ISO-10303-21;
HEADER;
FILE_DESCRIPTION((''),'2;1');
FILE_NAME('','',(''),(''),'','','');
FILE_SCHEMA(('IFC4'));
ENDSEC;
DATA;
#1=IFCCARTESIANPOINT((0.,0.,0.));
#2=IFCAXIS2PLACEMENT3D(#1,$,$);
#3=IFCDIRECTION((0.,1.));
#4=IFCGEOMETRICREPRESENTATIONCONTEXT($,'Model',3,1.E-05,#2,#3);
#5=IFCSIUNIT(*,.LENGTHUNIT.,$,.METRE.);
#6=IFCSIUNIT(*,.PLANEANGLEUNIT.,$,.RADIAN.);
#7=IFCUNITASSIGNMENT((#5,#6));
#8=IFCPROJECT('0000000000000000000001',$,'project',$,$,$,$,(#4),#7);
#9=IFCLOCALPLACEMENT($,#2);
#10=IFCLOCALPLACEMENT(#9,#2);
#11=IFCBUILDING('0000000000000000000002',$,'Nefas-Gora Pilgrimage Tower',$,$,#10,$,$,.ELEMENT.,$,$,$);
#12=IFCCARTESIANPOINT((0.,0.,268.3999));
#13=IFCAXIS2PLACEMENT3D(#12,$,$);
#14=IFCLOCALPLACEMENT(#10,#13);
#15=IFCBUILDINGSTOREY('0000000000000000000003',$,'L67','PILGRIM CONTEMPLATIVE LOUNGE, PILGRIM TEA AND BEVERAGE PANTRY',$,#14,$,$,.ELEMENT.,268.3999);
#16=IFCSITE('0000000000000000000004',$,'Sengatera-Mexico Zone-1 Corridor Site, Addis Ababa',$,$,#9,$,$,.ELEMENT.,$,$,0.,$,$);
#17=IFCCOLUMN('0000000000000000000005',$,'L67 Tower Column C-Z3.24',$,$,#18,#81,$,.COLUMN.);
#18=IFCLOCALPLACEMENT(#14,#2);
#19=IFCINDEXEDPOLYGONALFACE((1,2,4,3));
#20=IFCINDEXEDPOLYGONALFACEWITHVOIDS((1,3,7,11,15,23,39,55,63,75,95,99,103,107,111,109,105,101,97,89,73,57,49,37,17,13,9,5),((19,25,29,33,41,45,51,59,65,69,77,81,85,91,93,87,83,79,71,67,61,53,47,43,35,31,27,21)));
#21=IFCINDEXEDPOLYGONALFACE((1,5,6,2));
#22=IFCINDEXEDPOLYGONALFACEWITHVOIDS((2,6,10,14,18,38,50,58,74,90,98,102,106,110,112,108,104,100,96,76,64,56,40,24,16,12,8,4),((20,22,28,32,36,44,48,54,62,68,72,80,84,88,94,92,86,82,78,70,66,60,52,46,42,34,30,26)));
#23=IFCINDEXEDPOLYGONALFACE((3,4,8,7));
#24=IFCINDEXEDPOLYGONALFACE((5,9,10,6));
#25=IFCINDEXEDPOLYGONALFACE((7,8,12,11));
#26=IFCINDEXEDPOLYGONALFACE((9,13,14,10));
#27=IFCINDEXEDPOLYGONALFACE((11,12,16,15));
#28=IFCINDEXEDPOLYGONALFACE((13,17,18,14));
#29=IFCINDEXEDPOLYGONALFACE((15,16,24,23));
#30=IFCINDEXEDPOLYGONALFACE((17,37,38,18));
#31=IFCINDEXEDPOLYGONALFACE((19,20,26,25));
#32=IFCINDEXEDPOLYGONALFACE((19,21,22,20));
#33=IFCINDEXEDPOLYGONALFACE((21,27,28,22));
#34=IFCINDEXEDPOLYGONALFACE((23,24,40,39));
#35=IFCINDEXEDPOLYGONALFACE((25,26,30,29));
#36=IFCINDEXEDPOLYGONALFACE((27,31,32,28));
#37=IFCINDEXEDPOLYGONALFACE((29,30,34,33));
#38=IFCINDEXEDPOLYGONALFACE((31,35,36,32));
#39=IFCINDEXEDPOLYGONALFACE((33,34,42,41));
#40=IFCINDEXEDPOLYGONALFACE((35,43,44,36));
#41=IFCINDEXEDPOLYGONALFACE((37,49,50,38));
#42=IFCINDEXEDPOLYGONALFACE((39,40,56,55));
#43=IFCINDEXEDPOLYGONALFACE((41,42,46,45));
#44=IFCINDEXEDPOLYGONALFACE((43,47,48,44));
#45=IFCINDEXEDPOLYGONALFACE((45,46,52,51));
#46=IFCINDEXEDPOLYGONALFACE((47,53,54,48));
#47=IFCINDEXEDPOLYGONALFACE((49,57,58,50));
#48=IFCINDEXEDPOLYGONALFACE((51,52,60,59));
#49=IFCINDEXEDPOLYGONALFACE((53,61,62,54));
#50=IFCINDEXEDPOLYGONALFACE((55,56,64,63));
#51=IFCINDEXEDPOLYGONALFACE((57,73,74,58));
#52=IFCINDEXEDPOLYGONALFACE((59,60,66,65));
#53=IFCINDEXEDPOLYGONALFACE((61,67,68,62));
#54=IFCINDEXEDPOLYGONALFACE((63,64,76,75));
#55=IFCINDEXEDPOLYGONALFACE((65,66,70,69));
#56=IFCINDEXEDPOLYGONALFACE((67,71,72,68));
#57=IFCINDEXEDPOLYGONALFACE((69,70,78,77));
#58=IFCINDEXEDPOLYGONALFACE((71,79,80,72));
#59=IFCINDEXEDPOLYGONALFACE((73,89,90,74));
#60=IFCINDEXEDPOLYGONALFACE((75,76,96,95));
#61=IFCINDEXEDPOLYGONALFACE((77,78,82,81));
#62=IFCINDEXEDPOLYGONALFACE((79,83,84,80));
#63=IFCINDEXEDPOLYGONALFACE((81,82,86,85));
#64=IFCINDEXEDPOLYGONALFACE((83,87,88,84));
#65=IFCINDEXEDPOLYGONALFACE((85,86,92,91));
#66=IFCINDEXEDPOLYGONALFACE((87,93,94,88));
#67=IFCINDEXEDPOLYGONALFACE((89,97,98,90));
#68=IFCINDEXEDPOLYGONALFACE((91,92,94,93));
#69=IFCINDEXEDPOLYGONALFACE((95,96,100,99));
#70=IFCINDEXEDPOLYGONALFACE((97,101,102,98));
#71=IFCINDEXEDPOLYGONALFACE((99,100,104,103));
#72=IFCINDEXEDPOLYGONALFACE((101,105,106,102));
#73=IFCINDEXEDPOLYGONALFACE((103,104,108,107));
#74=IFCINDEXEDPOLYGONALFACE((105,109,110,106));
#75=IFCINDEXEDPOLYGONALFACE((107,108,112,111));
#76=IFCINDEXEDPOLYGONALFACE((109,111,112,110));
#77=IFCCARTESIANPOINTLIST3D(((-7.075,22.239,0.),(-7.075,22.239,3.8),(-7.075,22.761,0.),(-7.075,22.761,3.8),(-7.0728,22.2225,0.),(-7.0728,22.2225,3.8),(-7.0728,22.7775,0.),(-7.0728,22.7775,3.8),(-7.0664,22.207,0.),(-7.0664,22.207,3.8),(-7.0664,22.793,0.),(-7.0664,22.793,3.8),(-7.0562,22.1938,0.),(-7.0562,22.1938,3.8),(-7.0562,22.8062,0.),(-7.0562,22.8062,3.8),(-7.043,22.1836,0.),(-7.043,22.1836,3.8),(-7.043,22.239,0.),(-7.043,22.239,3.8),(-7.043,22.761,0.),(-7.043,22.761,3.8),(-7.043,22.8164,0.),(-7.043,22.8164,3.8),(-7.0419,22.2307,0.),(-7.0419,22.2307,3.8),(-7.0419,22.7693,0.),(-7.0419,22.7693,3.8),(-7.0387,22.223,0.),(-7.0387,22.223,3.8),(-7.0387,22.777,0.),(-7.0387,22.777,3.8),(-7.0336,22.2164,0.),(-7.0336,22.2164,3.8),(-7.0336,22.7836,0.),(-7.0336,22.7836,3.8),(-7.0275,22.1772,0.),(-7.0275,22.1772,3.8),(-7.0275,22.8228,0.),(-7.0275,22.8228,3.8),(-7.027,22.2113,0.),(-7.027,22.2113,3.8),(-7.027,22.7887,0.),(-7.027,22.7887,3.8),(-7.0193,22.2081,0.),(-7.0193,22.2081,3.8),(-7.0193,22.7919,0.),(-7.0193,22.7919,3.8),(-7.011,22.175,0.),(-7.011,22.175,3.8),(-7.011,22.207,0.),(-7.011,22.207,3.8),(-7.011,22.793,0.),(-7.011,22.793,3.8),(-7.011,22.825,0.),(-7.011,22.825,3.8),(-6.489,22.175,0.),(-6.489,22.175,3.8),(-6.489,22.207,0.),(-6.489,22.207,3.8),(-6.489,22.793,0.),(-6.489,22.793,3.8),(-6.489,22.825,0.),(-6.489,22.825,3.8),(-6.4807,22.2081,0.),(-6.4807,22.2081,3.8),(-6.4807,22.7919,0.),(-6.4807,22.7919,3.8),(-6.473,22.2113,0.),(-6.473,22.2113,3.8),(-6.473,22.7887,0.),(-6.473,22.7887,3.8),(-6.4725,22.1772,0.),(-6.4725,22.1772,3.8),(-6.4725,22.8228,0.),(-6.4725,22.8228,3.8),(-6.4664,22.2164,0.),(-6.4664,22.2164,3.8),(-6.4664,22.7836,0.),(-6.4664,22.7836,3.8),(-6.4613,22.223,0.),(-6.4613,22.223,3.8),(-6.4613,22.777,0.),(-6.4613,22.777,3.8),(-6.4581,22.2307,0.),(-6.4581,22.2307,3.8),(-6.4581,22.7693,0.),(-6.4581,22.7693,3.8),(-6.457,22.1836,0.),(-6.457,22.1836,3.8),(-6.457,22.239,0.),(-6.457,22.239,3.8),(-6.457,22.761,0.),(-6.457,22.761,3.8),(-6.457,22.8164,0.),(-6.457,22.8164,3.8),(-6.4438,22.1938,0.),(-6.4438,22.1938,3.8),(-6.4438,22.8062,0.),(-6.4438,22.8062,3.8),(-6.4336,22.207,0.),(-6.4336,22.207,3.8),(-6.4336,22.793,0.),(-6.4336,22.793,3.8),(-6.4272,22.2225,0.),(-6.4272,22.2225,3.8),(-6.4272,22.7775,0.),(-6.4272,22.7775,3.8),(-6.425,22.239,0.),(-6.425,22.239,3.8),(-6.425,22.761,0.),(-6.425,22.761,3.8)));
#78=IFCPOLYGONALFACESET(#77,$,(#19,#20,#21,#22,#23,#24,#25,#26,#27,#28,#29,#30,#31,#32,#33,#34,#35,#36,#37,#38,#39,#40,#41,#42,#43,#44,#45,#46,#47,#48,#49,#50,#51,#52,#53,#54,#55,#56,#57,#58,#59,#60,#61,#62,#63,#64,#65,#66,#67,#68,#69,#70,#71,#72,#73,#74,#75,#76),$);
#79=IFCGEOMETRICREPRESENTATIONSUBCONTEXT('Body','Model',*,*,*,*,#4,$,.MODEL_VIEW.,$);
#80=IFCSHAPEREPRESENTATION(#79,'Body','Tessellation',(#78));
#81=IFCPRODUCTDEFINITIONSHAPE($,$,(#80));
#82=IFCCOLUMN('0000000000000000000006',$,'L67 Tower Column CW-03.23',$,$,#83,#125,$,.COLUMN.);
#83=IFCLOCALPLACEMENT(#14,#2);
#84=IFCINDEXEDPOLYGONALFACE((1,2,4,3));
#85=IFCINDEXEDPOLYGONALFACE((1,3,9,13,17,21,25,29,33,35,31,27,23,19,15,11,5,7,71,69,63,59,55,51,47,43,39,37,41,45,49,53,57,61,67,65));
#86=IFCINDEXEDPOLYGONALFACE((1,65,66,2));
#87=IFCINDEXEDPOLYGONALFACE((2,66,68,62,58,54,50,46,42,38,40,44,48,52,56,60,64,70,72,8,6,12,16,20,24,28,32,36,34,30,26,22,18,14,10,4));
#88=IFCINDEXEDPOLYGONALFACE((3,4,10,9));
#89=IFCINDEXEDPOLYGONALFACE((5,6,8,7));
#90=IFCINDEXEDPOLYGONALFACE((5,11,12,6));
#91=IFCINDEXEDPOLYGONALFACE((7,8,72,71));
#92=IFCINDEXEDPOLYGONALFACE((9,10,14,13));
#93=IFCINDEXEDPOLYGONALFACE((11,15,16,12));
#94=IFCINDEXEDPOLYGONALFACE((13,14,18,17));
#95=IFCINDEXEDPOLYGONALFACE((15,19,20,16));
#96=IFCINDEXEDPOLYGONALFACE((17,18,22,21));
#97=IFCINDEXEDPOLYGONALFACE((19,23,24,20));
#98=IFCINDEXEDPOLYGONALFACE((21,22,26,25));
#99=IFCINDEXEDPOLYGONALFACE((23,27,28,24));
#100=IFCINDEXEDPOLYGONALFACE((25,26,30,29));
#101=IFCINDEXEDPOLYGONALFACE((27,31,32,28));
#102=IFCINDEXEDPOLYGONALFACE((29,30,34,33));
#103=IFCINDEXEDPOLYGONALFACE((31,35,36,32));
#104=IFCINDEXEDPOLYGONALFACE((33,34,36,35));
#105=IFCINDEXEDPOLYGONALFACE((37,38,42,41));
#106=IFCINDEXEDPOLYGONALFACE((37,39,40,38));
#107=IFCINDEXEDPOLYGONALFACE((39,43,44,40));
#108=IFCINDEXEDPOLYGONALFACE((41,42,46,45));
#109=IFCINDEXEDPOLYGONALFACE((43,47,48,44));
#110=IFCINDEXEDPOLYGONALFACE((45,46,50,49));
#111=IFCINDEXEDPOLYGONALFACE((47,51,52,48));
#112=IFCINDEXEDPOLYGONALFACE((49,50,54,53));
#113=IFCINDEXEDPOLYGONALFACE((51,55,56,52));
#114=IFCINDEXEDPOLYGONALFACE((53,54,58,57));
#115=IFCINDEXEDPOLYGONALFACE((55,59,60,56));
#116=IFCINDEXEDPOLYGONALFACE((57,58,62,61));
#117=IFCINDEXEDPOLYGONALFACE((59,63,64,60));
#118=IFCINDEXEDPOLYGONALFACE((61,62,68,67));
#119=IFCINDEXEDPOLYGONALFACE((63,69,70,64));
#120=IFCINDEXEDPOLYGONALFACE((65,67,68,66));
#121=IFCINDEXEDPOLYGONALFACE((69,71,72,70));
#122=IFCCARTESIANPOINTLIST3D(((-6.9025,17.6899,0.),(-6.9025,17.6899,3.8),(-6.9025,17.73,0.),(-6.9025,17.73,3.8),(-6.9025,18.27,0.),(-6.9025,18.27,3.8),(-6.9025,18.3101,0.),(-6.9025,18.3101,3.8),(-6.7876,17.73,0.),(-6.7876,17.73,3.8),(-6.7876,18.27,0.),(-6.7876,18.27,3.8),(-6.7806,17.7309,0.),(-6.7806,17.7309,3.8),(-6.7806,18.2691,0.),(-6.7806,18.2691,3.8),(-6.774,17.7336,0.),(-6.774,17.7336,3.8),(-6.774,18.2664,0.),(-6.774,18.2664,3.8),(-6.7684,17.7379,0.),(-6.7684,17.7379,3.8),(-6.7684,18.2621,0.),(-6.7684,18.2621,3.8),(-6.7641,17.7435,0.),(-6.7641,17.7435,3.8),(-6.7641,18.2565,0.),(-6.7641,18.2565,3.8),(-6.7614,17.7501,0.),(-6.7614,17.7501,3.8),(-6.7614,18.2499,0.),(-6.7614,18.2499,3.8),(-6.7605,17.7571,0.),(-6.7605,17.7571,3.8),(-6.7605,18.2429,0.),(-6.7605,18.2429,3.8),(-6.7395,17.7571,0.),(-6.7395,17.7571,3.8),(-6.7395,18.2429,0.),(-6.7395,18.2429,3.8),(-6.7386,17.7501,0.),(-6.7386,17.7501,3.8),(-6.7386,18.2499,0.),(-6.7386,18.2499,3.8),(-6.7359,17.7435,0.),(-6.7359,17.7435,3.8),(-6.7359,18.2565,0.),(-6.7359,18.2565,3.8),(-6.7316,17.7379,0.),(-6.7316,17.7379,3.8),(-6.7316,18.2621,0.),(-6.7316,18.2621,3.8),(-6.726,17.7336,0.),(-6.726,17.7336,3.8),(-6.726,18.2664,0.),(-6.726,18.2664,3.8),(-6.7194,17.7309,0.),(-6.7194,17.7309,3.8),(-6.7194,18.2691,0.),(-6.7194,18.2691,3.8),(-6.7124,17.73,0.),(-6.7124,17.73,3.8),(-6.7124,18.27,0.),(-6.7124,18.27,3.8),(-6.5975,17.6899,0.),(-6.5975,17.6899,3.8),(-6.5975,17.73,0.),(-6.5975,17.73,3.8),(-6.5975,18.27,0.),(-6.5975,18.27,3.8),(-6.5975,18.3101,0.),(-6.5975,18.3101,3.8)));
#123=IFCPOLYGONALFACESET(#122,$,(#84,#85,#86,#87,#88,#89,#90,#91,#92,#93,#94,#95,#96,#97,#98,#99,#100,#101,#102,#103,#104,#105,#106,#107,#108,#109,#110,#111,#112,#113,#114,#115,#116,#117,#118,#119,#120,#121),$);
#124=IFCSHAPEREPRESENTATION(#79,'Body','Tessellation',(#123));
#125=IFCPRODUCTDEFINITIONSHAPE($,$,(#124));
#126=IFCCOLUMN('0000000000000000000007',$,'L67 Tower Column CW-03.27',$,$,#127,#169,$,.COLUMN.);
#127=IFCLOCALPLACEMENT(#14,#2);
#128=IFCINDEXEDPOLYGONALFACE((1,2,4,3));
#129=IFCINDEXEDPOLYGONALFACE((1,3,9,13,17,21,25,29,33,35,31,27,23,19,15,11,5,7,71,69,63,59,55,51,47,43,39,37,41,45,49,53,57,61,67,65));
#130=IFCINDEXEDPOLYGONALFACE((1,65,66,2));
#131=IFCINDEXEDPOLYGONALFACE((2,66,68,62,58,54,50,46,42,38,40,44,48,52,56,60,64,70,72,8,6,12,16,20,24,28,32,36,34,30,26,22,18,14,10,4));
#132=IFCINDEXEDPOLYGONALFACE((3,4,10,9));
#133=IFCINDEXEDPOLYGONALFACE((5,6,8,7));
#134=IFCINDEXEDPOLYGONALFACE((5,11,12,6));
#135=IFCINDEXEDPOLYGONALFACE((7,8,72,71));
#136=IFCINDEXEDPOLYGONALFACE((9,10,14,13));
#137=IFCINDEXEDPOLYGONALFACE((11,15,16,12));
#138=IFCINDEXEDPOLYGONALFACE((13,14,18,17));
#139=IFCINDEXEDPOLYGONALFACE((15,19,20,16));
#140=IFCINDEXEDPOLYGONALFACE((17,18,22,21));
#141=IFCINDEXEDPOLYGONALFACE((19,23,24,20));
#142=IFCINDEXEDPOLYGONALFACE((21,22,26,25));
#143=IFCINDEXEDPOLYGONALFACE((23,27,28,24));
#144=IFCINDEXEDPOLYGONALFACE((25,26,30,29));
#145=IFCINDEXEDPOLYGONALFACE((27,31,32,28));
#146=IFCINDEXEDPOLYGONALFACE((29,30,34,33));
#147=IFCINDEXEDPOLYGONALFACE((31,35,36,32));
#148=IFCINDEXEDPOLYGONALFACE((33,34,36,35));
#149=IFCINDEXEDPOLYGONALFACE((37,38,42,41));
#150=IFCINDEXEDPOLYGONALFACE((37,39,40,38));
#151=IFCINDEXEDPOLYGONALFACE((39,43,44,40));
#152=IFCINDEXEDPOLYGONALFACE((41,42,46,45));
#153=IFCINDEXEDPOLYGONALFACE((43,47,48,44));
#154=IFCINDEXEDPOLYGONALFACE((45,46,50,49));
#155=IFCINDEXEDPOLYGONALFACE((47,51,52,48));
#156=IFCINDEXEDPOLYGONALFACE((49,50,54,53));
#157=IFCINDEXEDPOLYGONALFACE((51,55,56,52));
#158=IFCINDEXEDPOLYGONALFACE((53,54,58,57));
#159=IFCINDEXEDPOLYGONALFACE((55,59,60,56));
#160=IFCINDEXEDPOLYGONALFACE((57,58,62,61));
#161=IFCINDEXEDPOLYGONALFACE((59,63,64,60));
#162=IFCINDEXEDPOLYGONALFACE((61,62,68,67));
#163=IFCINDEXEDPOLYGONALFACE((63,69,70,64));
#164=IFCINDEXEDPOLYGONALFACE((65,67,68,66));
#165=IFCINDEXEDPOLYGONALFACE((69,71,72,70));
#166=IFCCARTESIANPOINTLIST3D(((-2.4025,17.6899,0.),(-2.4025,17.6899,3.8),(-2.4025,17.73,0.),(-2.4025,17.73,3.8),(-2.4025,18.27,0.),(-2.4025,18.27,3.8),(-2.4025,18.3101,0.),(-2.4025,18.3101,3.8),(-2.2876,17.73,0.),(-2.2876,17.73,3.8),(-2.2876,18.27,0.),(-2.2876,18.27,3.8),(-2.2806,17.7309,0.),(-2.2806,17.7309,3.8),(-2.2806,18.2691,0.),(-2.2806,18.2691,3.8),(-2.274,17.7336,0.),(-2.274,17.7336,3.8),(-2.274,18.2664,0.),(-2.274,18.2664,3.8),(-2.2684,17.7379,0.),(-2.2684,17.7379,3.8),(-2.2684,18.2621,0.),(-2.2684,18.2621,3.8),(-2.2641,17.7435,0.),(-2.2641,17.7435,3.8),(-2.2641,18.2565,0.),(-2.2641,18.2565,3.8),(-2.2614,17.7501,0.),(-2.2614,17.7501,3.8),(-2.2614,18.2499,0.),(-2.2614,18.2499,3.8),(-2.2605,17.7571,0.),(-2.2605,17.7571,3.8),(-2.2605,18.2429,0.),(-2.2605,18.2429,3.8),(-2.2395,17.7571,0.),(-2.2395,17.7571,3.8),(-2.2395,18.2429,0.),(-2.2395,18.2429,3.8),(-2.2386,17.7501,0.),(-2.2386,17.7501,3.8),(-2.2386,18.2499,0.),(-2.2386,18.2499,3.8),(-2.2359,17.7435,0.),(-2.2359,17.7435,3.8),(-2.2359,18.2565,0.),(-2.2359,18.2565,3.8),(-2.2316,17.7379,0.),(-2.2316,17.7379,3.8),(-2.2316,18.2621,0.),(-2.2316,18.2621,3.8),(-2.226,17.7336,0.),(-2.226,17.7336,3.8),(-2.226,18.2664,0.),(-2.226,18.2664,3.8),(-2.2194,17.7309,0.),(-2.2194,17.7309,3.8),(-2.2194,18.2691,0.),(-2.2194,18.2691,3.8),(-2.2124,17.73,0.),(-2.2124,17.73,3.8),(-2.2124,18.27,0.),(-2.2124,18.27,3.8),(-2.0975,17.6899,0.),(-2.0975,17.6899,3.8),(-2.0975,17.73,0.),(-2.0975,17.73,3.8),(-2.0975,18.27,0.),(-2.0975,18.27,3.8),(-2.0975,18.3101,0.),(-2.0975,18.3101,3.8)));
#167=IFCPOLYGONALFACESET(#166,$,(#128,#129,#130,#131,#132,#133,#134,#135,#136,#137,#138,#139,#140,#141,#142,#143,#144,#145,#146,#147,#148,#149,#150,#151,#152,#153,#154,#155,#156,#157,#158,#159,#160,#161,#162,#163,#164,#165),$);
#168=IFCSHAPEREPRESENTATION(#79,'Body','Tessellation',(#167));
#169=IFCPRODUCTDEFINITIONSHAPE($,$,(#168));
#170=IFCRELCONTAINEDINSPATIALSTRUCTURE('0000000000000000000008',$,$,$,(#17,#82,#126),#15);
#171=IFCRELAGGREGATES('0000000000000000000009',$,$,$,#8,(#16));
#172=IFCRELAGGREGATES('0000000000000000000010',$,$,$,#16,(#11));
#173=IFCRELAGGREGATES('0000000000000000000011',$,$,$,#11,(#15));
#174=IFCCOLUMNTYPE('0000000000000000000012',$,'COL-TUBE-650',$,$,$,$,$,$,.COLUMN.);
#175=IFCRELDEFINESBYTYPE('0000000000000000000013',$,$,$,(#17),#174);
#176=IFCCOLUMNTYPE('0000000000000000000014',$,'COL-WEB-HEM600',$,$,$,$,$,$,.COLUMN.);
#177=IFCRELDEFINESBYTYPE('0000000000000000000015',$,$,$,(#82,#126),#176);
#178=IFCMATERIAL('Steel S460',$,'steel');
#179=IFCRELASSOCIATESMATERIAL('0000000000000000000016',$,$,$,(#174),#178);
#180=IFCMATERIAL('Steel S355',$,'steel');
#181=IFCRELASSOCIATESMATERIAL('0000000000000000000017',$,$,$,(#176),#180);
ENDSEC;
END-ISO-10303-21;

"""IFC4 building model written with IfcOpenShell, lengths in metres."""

from ifc_helpers import new_model, si_unit, direction, frame, origin, origin_2d, place, context, subcontext, project, spatial, hollow_rectangle, i_section, extrude, source, transform, mapped, material, material_profile, profile_set, type_object, element, save


model = new_model("IFC4")

# Units and contexts
model_context = context("Model", 3, precision=1e-05, world=origin(), true_north=direction((0.0, 1.0)))
body_context = subcontext(model_context, "Body", "Model", "MODEL_VIEW")
ifc_project = project(units=[si_unit("LENGTHUNIT", "METRE"), si_unit("PLANEANGLEUNIT", "RADIAN")], contexts=[model_context])

# Site, building, storey
site_placement = place(None, origin())
site = spatial("IfcSite", under=ifc_project, at=site_placement, Name="Sengatera-Mexico Zone-1 Corridor Site, Addis Ababa", CompositionType="ELEMENT", RefElevation=0.0)
building_placement = place(site_placement, origin())
building = spatial("IfcBuilding", under=site, at=building_placement, Name="Nefas-Gora Pilgrimage Tower", CompositionType="ELEMENT")
storey_placement = place(building_placement, frame((0.0, 0.0, 268.3999)))
storey = spatial("IfcBuildingStorey", under=building, at=storey_placement, Name="L67", Description="PILGRIM CONTEMPLATIVE LOUNGE, PILGRIM TEA AND BEVERAGE PANTRY", CompositionType="ELEMENT", Elevation=268.3999)

# Columns
ifc_material_1 = material(Name="Steel S460", Category="steel")
ifc_material_profile_1 = material_profile(ifc_material_1, hollow_rectangle(XDim=0.6499, YDim=0.6499, WallThickness=0.032, InnerFilletRadius=0.032, OuterFilletRadius=0.064, at=origin_2d()), Name="BOX 650x650x32")
ifc_profile_set_1 = profile_set([ifc_material_profile_1], Name="Steel S460")
column_type_1 = type_object("IfcColumnType", Name="COL-TUBE-650", PredefinedType="COLUMN", material=ifc_profile_set_1)
shared_shape_1 = source(origin(), body_context, "Body", "SweptSolid", [
    extrude(hollow_rectangle(XDim=0.6499, YDim=0.6499, WallThickness=0.032, InnerFilletRadius=0.032, OuterFilletRadius=0.064, at=origin_2d()), origin(), (0.0, 0.0, 1.0), 3.8),
])
column_placement = place(storey_placement, frame((-6.75, 22.5, 0.0), z_axis=(0.0, 0.0, 1.0), x_axis=(1.0, 0.0, 0.0)))
element("IfcColumn", 1, at=column_placement, inside=storey, type_object=column_type_1, Name="L67 Tower Column C-Z3.24", PredefinedType="COLUMN", context=body_context, shape_type="MappedRepresentation", body=[
    mapped(shared_shape_1, transform((0.0, 0.0, 0.0), x_axis=(1.0, 0.0, 0.0), y_axis=(0.0, 1.0, 0.0), z_axis=(0.0, 0.0, 1.0), scale=1.0)),
])
ifc_material_2 = material(Name="Steel S355", Category="steel")
ifc_material_profile_2 = material_profile(ifc_material_2, i_section(OverallWidth=0.3049, OverallDepth=0.6201, WebThickness=0.021, FlangeThickness=0.04, FilletRadius=0.0271, at=origin_2d()), Name="HEM 600")
ifc_profile_set_2 = profile_set([ifc_material_profile_2], Name="Steel S355")
column_type_2 = type_object("IfcColumnType", Name="COL-WEB-HEM600", PredefinedType="COLUMN", material=ifc_profile_set_2)
shared_shape_2 = source(origin(), body_context, "Body", "SweptSolid", [
    extrude(i_section(OverallWidth=0.3049, OverallDepth=0.6201, WebThickness=0.021, FlangeThickness=0.04, FilletRadius=0.0271, at=origin_2d()), origin(), (0.0, 0.0, 1.0), 3.8),
])
for number, where, z_axis, x_axis, name in (
    (2, (-6.75, 18.0, 0.0), (0.0, 0.0, 1.0), (1.0, 0.0, 0.0), "L67 Tower Column CW-03.23"),
    (3, (-2.25, 18.0, 0.0), (0.0, 0.0, 1.0), (1.0, 0.0, 0.0), "L67 Tower Column CW-03.27"),
):
    element("IfcColumn", number, at=place(storey_placement, frame(where, z_axis=z_axis, x_axis=x_axis)), inside=storey, type_object=column_type_2, Name=name, PredefinedType="COLUMN", context=body_context, shape_type="MappedRepresentation", body=[
        mapped(shared_shape_2, transform((0.0, 0.0, 0.0), x_axis=(1.0, 0.0, 0.0), y_axis=(0.0, 1.0, 0.0), z_axis=(0.0, 0.0, 1.0), scale=1.0)),
    ])

save(model, "model.ifc")
